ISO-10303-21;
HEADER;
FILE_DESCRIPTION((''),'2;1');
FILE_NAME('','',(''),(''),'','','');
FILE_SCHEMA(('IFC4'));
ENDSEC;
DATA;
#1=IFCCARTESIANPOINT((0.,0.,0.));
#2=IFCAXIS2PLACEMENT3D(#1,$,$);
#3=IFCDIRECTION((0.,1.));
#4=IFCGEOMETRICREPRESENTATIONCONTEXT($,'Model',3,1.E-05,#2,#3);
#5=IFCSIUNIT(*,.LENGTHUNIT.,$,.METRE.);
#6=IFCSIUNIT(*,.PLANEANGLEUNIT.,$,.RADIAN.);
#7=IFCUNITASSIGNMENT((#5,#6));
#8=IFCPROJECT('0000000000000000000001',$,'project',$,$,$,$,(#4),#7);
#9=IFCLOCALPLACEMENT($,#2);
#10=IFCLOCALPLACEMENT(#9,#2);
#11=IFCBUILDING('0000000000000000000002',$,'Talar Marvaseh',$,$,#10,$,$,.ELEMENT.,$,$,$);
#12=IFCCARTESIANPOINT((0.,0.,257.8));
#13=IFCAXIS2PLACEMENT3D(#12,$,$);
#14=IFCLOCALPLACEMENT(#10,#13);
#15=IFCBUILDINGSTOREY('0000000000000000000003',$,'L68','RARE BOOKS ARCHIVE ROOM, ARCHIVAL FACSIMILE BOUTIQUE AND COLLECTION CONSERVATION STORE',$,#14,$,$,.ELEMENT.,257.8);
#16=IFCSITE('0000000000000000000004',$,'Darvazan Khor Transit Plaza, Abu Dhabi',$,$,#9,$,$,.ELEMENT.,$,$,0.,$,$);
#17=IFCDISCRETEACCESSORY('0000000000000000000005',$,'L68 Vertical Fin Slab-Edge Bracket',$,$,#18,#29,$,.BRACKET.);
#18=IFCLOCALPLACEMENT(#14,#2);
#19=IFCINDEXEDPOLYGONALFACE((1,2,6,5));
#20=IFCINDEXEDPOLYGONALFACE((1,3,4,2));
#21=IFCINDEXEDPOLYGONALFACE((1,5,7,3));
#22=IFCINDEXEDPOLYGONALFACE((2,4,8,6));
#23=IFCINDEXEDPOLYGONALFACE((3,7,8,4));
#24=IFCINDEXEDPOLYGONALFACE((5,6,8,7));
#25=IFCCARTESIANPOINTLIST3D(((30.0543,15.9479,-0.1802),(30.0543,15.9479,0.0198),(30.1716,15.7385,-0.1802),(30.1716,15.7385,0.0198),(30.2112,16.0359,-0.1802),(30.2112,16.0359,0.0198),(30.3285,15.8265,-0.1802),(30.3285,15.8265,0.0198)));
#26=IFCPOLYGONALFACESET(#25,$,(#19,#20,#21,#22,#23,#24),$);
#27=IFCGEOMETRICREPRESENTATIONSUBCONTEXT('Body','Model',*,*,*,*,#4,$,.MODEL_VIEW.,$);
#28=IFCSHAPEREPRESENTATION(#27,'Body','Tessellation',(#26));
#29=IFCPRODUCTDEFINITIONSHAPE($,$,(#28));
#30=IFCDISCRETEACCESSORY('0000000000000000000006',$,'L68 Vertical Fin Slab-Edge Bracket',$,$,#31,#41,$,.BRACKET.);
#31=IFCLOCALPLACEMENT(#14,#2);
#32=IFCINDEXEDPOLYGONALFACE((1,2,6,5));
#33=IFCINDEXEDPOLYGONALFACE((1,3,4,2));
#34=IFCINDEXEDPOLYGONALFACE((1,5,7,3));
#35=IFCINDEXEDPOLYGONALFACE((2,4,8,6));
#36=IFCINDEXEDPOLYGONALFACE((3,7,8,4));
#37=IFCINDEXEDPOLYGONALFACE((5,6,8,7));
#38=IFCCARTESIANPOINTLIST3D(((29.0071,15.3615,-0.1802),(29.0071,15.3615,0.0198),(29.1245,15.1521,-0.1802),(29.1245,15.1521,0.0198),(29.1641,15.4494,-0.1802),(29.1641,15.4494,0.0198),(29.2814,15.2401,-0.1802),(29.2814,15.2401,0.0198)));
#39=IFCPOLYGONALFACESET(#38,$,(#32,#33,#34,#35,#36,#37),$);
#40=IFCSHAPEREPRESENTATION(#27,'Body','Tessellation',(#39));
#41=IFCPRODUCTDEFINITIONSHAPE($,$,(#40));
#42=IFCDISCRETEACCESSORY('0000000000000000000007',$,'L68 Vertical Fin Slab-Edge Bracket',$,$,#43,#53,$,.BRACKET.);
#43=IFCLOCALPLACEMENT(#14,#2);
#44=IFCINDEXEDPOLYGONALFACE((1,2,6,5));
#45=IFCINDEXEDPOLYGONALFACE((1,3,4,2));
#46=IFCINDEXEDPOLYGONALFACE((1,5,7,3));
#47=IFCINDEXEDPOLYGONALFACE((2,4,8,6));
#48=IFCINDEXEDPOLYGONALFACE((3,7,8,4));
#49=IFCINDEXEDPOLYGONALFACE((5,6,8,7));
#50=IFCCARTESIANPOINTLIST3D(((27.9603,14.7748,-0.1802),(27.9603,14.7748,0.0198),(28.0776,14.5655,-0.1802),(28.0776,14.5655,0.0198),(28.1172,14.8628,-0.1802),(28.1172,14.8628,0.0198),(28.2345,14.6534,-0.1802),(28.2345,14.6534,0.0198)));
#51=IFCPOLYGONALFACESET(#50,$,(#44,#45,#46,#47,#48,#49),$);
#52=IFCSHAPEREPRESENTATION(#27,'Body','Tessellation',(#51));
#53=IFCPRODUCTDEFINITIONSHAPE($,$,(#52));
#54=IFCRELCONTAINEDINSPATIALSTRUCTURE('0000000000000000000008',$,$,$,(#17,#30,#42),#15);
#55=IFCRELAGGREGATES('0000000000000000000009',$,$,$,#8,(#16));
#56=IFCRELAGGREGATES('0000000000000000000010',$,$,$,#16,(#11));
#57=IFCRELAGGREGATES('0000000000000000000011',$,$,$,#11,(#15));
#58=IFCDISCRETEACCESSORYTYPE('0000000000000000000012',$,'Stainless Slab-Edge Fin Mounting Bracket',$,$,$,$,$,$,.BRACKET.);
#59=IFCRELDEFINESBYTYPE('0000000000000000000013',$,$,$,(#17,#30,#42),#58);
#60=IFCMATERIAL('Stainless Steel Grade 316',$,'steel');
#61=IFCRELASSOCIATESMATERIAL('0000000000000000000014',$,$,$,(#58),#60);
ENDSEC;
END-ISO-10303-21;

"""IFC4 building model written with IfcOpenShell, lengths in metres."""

from ifc_helpers import new_model, si_unit, direction, frame, origin, origin_2d, place, context, subcontext, project, spatial, rectangle, extrude, source, transform, mapped, material, type_object, type_shapes, element, save


model = new_model("IFC4")

# Units and contexts
model_context = context("Model", 3, precision=1e-05, world=origin(), true_north=direction((0.0, 1.0)))
body_context = subcontext(model_context, "Body", "Model", "MODEL_VIEW")
ifc_project = project(units=[si_unit("LENGTHUNIT", "METRE"), si_unit("PLANEANGLEUNIT", "RADIAN")], contexts=[model_context])

# Site, building, storey
site_placement = place(None, origin())
site = spatial("IfcSite", under=ifc_project, at=site_placement, Name="Darvazan Khor Transit Plaza, Abu Dhabi", CompositionType="ELEMENT", RefElevation=0.0)
building_placement = place(site_placement, origin())
building = spatial("IfcBuilding", under=site, at=building_placement, Name="Talar Marvaseh", CompositionType="ELEMENT")
storey_placement = place(building_placement, frame((0.0, 0.0, 257.8)))
storey = spatial("IfcBuildingStorey", under=building, at=storey_placement, Name="L68", Description="RARE BOOKS ARCHIVE ROOM, ARCHIVAL FACSIMILE BOUTIQUE AND COLLECTION CONSERVATION STORE", CompositionType="ELEMENT", Elevation=257.8)

# Discrete accessories
ifc_material_1 = material(Name="Stainless Steel Grade 316", Category="steel")
discrete_accessory_type = type_object("IfcDiscreteAccessoryType", Name="Stainless Slab-Edge Fin Mounting Bracket", PredefinedType="BRACKET", material=ifc_material_1)
shared_shape_1 = source(origin(), body_context, "Body", "SweptSolid", [
    extrude(rectangle(XDim=0.24, YDim=0.1799, at=origin_2d()), origin(), (0.0, 0.0, 1.0), 0.2),
])
type_shapes(discrete_accessory_type, [shared_shape_1])
for number, where, z_axis, x_axis, name in (
    (1, (30.1914, 15.8872, -0.1802), (0.0, 0.0, 1.0), (0.488774, -0.872411, 0.0), "L68 Vertical Fin Slab-Edge Bracket"),
    (2, (29.1443, 15.3008, -0.1802), (0.0, 0.0, 1.0), (0.488774, -0.872411, 0.0), "L68 Vertical Fin Slab-Edge Bracket"),
    (3, (28.0974, 14.7141, -0.1802), (0.0, 0.0, 1.0), (0.488774, -0.872411, 0.0), "L68 Vertical Fin Slab-Edge Bracket"),
):
    element("IfcDiscreteAccessory", number, at=place(storey_placement, frame(where, z_axis=z_axis, x_axis=x_axis)), inside=storey, type_object=discrete_accessory_type, Name=name, PredefinedType="BRACKET", context=body_context, shape_type="MappedRepresentation", body=[
        mapped(shared_shape_1, transform((0.0, 0.0, 0.0), x_axis=(1.0, 0.0, 0.0), y_axis=(0.0, 1.0, 0.0), z_axis=(0.0, 0.0, 1.0), scale=1.0)),
    ])

save(model, "model.ifc")
